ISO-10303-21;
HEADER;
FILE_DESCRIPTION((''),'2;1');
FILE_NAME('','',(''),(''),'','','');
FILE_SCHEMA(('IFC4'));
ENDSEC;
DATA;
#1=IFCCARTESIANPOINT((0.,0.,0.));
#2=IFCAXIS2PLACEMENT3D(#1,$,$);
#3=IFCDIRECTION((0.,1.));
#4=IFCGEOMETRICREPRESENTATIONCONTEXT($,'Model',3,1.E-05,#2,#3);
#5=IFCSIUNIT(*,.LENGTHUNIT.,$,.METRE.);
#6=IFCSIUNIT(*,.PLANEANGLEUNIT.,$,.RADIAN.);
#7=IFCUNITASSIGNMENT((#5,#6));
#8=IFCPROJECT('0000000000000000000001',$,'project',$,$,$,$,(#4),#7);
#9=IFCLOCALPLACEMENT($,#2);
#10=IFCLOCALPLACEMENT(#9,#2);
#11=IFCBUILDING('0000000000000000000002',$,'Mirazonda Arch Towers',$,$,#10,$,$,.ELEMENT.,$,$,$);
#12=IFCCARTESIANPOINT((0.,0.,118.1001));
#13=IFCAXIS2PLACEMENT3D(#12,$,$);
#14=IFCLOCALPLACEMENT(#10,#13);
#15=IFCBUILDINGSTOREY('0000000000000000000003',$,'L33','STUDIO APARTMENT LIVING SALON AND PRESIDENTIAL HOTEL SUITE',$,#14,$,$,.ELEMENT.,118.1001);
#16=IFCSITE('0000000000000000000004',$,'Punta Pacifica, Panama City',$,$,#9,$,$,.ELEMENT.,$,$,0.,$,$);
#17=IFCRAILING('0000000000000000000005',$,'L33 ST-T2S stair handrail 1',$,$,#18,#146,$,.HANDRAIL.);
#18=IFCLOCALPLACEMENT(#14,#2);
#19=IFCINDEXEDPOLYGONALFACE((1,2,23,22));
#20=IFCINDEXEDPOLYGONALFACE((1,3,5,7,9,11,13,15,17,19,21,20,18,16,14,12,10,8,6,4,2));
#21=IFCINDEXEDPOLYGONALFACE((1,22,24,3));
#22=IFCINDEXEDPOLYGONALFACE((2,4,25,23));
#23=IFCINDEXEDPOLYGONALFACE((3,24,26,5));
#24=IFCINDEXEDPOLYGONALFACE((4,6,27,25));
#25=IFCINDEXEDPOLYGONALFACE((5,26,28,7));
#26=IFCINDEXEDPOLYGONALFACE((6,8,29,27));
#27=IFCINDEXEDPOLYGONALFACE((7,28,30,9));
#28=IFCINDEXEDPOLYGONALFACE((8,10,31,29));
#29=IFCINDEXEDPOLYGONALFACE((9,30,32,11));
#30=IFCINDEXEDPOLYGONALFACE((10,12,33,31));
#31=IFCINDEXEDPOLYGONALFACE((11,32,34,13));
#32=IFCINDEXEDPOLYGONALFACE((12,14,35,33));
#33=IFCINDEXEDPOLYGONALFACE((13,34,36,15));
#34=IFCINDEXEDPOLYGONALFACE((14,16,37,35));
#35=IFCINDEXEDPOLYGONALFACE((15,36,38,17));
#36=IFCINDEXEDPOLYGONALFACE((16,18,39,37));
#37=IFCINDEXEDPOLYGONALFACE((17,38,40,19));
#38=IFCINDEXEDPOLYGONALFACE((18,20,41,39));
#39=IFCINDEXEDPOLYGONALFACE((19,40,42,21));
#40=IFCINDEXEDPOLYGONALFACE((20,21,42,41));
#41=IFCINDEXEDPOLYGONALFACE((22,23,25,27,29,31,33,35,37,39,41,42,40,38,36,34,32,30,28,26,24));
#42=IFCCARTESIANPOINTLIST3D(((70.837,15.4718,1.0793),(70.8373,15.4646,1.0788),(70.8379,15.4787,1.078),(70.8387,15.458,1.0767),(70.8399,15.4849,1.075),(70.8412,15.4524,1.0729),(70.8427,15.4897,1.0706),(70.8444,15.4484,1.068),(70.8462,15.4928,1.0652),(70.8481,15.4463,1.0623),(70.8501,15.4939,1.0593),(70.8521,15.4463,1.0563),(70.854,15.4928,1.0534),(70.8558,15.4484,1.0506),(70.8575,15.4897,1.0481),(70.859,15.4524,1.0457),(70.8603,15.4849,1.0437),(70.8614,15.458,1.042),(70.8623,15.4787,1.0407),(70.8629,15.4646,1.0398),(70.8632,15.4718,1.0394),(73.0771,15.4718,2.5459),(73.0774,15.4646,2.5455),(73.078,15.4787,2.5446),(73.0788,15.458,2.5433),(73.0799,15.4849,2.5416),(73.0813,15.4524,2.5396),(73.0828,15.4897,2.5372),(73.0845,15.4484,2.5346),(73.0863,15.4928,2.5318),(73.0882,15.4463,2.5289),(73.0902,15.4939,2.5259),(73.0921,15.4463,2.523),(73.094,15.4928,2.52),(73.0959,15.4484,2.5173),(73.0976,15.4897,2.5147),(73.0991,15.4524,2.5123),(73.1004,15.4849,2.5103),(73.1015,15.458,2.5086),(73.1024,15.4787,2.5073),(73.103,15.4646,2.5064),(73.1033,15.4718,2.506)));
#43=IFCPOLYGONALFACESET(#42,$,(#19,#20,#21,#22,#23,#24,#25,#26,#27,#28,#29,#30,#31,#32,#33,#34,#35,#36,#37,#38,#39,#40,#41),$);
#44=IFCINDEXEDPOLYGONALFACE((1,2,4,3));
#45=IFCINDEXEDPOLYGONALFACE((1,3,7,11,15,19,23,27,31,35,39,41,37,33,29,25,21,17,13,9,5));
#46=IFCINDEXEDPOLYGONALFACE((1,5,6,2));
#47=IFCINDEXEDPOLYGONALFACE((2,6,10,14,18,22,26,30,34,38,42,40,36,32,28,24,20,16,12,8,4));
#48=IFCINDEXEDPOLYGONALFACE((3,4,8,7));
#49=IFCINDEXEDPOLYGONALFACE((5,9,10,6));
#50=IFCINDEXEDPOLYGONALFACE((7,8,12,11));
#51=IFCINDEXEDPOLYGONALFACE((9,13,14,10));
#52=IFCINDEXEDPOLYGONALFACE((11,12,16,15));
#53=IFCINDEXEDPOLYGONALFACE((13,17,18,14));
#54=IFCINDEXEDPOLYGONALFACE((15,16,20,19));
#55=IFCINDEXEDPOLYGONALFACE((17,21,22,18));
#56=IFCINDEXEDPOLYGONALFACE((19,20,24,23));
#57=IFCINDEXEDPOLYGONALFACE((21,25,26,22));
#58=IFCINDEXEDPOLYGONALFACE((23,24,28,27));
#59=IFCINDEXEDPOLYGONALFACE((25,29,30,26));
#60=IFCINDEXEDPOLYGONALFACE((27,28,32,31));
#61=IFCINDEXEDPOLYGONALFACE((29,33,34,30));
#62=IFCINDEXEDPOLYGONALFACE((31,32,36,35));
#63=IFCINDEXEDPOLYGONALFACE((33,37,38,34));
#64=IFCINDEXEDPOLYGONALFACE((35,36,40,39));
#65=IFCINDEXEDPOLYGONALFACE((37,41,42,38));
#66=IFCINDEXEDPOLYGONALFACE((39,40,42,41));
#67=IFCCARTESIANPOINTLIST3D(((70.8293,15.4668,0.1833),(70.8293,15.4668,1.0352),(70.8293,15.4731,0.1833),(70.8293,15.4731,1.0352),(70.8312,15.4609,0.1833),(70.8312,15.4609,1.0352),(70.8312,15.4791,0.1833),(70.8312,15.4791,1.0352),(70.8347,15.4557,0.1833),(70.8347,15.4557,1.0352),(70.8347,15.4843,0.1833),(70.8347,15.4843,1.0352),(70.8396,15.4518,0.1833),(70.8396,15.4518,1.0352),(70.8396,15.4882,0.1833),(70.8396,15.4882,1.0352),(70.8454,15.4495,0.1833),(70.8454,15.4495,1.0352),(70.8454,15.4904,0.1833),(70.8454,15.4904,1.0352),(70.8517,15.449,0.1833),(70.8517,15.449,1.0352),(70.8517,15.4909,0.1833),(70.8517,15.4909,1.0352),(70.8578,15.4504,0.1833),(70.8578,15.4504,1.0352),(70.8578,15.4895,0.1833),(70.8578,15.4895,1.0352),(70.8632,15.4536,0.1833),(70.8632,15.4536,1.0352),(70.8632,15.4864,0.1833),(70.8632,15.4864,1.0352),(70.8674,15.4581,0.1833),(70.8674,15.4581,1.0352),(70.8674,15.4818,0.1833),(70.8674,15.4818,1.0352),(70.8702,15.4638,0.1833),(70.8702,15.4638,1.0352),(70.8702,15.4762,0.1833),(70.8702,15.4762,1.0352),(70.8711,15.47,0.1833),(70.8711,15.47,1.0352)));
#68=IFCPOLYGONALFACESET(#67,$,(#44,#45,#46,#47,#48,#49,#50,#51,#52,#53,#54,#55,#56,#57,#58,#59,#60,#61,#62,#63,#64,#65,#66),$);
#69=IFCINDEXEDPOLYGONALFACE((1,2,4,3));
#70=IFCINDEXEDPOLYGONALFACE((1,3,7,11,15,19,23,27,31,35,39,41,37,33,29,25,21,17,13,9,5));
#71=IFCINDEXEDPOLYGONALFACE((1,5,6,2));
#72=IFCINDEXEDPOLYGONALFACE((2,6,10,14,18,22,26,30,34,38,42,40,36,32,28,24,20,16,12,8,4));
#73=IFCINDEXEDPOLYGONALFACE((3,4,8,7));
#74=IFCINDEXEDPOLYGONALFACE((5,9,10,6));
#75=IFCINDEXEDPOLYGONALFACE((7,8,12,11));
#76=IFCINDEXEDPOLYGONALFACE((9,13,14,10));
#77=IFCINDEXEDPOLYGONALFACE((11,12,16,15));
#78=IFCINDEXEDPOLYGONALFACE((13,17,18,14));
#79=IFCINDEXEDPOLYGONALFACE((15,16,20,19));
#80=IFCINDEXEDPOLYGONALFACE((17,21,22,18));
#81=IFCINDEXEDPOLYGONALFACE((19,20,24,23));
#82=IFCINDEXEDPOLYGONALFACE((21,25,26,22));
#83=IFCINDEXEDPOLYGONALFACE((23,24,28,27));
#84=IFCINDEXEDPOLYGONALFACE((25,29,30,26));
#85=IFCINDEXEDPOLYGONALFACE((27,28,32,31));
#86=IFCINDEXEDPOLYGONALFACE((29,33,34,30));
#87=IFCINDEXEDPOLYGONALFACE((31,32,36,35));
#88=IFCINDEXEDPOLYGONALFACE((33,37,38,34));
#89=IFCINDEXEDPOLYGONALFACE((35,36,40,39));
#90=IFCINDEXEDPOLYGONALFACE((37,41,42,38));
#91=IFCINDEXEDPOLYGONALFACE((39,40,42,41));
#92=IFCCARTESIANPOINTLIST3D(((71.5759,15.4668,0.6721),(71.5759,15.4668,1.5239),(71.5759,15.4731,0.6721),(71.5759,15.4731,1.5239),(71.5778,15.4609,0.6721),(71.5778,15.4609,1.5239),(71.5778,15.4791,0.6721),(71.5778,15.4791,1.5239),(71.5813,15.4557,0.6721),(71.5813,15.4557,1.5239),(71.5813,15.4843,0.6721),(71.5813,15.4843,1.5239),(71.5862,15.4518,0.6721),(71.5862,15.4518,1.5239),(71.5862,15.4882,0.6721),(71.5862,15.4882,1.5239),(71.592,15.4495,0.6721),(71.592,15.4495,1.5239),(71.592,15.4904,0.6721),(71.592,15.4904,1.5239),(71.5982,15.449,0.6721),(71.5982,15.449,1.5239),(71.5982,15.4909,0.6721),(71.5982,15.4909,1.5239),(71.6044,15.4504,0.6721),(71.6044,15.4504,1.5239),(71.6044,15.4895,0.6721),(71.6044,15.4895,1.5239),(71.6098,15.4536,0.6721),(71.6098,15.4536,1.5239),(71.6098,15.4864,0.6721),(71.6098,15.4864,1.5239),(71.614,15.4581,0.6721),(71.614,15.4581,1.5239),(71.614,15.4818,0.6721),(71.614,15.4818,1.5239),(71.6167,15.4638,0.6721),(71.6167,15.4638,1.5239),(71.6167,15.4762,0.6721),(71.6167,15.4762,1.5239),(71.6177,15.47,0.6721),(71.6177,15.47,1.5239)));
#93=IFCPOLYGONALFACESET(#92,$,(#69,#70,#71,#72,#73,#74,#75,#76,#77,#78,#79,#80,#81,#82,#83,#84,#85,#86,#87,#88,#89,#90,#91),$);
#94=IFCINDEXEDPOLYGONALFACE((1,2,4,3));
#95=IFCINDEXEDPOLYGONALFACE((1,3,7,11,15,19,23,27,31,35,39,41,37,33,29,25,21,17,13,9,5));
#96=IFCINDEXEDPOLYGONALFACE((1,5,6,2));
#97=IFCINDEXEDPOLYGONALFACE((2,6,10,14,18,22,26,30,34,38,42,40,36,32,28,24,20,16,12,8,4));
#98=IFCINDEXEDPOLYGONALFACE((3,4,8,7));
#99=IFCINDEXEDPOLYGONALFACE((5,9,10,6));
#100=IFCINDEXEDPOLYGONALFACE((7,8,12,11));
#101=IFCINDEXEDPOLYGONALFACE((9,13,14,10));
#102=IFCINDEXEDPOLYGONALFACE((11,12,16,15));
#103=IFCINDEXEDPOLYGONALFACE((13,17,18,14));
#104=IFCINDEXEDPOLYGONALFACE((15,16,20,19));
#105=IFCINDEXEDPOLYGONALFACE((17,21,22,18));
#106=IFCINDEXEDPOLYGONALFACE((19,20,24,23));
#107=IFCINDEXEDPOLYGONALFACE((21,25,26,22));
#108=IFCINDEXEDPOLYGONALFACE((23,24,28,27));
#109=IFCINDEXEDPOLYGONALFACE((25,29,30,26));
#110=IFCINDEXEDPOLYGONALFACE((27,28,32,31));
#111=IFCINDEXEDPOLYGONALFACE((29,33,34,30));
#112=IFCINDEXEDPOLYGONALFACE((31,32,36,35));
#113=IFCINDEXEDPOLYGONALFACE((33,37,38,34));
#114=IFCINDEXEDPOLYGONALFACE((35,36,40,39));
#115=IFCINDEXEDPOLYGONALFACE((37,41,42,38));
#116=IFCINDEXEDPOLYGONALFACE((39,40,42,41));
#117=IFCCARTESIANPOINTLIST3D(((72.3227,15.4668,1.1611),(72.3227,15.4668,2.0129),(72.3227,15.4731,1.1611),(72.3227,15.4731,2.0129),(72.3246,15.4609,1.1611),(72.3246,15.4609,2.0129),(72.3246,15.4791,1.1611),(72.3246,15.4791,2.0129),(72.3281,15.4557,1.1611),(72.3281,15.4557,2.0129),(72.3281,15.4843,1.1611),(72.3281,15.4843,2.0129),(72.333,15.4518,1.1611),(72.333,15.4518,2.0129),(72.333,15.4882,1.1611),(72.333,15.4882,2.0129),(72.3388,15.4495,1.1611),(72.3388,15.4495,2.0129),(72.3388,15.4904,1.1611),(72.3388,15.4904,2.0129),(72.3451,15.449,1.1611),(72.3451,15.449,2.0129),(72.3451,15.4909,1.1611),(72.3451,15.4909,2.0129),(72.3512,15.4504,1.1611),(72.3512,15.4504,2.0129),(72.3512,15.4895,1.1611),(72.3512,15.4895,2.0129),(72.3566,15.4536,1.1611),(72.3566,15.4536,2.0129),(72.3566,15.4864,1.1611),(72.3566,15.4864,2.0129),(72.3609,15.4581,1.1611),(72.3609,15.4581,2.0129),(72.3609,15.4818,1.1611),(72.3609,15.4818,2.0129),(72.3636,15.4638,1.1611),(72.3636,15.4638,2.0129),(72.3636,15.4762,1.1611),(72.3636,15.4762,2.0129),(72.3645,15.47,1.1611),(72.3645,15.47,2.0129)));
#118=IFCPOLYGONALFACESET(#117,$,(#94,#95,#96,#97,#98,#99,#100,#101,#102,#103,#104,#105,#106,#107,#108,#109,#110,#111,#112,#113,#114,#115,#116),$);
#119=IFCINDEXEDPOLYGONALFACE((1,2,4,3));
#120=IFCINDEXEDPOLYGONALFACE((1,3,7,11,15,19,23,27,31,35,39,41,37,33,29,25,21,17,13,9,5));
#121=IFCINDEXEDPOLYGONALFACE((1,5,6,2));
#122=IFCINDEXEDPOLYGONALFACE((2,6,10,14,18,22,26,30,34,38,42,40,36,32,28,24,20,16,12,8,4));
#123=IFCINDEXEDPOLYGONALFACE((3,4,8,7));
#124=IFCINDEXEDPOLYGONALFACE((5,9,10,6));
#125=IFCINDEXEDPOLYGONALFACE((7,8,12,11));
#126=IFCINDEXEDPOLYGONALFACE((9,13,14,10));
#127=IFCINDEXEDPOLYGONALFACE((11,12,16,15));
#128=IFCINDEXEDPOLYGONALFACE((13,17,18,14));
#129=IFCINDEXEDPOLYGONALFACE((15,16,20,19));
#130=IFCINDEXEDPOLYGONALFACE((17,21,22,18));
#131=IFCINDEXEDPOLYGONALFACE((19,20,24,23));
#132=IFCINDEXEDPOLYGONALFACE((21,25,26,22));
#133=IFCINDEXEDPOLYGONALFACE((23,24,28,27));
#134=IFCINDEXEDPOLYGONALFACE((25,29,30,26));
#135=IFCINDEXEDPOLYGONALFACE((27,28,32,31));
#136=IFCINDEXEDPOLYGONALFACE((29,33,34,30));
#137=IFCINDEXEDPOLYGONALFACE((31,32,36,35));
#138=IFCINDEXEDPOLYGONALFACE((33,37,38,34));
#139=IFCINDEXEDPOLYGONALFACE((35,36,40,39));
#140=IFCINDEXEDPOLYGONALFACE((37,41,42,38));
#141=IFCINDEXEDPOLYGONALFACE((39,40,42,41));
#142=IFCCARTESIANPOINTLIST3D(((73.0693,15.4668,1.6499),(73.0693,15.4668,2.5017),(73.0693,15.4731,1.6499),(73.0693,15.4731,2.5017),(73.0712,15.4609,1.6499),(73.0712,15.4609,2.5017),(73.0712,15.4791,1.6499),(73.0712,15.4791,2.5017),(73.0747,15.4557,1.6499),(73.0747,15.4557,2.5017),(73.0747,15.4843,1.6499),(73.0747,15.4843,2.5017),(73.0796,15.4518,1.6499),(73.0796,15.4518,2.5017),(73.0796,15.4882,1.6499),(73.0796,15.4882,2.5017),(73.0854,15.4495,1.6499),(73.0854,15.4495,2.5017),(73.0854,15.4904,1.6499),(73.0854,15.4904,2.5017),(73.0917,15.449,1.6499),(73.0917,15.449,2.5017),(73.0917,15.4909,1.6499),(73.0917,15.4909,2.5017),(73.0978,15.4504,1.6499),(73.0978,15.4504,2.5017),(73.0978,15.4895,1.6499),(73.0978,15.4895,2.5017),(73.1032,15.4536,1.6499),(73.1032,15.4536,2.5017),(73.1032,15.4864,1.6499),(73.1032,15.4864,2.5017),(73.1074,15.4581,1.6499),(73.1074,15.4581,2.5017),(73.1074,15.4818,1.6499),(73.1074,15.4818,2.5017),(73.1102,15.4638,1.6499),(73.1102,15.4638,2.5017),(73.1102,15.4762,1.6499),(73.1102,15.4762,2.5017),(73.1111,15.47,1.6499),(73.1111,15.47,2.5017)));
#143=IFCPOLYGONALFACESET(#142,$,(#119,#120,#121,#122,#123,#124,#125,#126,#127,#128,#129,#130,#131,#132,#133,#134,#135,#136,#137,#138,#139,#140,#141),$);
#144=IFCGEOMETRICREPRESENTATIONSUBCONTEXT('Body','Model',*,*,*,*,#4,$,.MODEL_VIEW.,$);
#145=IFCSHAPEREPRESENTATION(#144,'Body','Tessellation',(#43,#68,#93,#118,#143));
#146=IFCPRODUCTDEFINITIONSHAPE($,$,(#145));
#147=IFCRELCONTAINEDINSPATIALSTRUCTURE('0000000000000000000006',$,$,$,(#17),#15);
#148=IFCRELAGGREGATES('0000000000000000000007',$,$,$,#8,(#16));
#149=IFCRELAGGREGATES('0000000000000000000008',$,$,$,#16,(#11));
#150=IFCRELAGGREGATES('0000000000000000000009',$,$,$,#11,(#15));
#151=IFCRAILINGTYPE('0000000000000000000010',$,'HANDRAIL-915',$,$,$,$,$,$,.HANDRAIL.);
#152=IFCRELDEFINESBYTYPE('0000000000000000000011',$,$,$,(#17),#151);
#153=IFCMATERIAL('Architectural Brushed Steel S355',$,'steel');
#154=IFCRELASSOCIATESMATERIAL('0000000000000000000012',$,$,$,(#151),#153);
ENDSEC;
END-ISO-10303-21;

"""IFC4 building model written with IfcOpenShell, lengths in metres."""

from ifc_helpers import new_model, si_unit, direction, frame, origin, origin_2d, place, context, subcontext, project, spatial, circle, extrude, material, type_object, element, save


model = new_model("IFC4")

# Units and contexts
model_context = context("Model", 3, precision=1e-05, world=origin(), true_north=direction((0.0, 1.0)))
body_context = subcontext(model_context, "Body", "Model", "MODEL_VIEW")
ifc_project = project(units=[si_unit("LENGTHUNIT", "METRE"), si_unit("PLANEANGLEUNIT", "RADIAN")], contexts=[model_context])

# Site, building, storey
site_placement = place(None, origin())
site = spatial("IfcSite", under=ifc_project, at=site_placement, Name="Punta Pacifica, Panama City", CompositionType="ELEMENT", RefElevation=0.0)
building_placement = place(site_placement, origin())
building = spatial("IfcBuilding", under=site, at=building_placement, Name="Mirazonda Arch Towers", CompositionType="ELEMENT")
storey_placement = place(building_placement, frame((0.0, 0.0, 118.1001)))
storey = spatial("IfcBuildingStorey", under=building, at=storey_placement, Name="L33", Description="STUDIO APARTMENT LIVING SALON AND PRESIDENTIAL HOTEL SUITE", CompositionType="ELEMENT", Elevation=118.1001)

# Shared definitions
ifc_material_1 = material(Name="Architectural Brushed Steel S355", Category="steel")

# Railing
railing_type_1 = type_object("IfcRailingType", Name="HANDRAIL-915", PredefinedType="HANDRAIL", material=ifc_material_1)
railing_1_placement = place(storey_placement, frame((70.8501, 15.47, 0.1833)))
element("IfcRailing", 1, at=railing_1_placement, inside=storey, type_object=railing_type_1, Name="L33 ST-T2S stair handrail 1", PredefinedType="HANDRAIL", context=body_context, shape_type="SweptSolid", body=[
    extrude(circle(Radius=0.0239, at=origin_2d()), frame((0.0, 0.0, 0.876), z_axis=(0.836637, 0.0, 0.547758), x_axis=(0.0, 1.0, 0.0)), (0.0, 0.0, 1.0), 2.6775),
    extrude(circle(Radius=0.021, at=origin_2d()), origin(), (0.0, 0.0, 1.0), 0.8518),
    extrude(circle(Radius=0.021, at=origin_2d()), frame((0.7466, 0.0, 0.4888)), (0.0, 0.0, 1.0), 0.8518),
    extrude(circle(Radius=0.021, at=origin_2d()), frame((1.4934, 0.0, 0.9778)), (0.0, 0.0, 1.0), 0.8518),
    extrude(circle(Radius=0.021, at=origin_2d()), frame((2.24, 0.0, 1.4666)), (0.0, 0.0, 1.0), 0.8518),
])

save(model, "model.ifc")
